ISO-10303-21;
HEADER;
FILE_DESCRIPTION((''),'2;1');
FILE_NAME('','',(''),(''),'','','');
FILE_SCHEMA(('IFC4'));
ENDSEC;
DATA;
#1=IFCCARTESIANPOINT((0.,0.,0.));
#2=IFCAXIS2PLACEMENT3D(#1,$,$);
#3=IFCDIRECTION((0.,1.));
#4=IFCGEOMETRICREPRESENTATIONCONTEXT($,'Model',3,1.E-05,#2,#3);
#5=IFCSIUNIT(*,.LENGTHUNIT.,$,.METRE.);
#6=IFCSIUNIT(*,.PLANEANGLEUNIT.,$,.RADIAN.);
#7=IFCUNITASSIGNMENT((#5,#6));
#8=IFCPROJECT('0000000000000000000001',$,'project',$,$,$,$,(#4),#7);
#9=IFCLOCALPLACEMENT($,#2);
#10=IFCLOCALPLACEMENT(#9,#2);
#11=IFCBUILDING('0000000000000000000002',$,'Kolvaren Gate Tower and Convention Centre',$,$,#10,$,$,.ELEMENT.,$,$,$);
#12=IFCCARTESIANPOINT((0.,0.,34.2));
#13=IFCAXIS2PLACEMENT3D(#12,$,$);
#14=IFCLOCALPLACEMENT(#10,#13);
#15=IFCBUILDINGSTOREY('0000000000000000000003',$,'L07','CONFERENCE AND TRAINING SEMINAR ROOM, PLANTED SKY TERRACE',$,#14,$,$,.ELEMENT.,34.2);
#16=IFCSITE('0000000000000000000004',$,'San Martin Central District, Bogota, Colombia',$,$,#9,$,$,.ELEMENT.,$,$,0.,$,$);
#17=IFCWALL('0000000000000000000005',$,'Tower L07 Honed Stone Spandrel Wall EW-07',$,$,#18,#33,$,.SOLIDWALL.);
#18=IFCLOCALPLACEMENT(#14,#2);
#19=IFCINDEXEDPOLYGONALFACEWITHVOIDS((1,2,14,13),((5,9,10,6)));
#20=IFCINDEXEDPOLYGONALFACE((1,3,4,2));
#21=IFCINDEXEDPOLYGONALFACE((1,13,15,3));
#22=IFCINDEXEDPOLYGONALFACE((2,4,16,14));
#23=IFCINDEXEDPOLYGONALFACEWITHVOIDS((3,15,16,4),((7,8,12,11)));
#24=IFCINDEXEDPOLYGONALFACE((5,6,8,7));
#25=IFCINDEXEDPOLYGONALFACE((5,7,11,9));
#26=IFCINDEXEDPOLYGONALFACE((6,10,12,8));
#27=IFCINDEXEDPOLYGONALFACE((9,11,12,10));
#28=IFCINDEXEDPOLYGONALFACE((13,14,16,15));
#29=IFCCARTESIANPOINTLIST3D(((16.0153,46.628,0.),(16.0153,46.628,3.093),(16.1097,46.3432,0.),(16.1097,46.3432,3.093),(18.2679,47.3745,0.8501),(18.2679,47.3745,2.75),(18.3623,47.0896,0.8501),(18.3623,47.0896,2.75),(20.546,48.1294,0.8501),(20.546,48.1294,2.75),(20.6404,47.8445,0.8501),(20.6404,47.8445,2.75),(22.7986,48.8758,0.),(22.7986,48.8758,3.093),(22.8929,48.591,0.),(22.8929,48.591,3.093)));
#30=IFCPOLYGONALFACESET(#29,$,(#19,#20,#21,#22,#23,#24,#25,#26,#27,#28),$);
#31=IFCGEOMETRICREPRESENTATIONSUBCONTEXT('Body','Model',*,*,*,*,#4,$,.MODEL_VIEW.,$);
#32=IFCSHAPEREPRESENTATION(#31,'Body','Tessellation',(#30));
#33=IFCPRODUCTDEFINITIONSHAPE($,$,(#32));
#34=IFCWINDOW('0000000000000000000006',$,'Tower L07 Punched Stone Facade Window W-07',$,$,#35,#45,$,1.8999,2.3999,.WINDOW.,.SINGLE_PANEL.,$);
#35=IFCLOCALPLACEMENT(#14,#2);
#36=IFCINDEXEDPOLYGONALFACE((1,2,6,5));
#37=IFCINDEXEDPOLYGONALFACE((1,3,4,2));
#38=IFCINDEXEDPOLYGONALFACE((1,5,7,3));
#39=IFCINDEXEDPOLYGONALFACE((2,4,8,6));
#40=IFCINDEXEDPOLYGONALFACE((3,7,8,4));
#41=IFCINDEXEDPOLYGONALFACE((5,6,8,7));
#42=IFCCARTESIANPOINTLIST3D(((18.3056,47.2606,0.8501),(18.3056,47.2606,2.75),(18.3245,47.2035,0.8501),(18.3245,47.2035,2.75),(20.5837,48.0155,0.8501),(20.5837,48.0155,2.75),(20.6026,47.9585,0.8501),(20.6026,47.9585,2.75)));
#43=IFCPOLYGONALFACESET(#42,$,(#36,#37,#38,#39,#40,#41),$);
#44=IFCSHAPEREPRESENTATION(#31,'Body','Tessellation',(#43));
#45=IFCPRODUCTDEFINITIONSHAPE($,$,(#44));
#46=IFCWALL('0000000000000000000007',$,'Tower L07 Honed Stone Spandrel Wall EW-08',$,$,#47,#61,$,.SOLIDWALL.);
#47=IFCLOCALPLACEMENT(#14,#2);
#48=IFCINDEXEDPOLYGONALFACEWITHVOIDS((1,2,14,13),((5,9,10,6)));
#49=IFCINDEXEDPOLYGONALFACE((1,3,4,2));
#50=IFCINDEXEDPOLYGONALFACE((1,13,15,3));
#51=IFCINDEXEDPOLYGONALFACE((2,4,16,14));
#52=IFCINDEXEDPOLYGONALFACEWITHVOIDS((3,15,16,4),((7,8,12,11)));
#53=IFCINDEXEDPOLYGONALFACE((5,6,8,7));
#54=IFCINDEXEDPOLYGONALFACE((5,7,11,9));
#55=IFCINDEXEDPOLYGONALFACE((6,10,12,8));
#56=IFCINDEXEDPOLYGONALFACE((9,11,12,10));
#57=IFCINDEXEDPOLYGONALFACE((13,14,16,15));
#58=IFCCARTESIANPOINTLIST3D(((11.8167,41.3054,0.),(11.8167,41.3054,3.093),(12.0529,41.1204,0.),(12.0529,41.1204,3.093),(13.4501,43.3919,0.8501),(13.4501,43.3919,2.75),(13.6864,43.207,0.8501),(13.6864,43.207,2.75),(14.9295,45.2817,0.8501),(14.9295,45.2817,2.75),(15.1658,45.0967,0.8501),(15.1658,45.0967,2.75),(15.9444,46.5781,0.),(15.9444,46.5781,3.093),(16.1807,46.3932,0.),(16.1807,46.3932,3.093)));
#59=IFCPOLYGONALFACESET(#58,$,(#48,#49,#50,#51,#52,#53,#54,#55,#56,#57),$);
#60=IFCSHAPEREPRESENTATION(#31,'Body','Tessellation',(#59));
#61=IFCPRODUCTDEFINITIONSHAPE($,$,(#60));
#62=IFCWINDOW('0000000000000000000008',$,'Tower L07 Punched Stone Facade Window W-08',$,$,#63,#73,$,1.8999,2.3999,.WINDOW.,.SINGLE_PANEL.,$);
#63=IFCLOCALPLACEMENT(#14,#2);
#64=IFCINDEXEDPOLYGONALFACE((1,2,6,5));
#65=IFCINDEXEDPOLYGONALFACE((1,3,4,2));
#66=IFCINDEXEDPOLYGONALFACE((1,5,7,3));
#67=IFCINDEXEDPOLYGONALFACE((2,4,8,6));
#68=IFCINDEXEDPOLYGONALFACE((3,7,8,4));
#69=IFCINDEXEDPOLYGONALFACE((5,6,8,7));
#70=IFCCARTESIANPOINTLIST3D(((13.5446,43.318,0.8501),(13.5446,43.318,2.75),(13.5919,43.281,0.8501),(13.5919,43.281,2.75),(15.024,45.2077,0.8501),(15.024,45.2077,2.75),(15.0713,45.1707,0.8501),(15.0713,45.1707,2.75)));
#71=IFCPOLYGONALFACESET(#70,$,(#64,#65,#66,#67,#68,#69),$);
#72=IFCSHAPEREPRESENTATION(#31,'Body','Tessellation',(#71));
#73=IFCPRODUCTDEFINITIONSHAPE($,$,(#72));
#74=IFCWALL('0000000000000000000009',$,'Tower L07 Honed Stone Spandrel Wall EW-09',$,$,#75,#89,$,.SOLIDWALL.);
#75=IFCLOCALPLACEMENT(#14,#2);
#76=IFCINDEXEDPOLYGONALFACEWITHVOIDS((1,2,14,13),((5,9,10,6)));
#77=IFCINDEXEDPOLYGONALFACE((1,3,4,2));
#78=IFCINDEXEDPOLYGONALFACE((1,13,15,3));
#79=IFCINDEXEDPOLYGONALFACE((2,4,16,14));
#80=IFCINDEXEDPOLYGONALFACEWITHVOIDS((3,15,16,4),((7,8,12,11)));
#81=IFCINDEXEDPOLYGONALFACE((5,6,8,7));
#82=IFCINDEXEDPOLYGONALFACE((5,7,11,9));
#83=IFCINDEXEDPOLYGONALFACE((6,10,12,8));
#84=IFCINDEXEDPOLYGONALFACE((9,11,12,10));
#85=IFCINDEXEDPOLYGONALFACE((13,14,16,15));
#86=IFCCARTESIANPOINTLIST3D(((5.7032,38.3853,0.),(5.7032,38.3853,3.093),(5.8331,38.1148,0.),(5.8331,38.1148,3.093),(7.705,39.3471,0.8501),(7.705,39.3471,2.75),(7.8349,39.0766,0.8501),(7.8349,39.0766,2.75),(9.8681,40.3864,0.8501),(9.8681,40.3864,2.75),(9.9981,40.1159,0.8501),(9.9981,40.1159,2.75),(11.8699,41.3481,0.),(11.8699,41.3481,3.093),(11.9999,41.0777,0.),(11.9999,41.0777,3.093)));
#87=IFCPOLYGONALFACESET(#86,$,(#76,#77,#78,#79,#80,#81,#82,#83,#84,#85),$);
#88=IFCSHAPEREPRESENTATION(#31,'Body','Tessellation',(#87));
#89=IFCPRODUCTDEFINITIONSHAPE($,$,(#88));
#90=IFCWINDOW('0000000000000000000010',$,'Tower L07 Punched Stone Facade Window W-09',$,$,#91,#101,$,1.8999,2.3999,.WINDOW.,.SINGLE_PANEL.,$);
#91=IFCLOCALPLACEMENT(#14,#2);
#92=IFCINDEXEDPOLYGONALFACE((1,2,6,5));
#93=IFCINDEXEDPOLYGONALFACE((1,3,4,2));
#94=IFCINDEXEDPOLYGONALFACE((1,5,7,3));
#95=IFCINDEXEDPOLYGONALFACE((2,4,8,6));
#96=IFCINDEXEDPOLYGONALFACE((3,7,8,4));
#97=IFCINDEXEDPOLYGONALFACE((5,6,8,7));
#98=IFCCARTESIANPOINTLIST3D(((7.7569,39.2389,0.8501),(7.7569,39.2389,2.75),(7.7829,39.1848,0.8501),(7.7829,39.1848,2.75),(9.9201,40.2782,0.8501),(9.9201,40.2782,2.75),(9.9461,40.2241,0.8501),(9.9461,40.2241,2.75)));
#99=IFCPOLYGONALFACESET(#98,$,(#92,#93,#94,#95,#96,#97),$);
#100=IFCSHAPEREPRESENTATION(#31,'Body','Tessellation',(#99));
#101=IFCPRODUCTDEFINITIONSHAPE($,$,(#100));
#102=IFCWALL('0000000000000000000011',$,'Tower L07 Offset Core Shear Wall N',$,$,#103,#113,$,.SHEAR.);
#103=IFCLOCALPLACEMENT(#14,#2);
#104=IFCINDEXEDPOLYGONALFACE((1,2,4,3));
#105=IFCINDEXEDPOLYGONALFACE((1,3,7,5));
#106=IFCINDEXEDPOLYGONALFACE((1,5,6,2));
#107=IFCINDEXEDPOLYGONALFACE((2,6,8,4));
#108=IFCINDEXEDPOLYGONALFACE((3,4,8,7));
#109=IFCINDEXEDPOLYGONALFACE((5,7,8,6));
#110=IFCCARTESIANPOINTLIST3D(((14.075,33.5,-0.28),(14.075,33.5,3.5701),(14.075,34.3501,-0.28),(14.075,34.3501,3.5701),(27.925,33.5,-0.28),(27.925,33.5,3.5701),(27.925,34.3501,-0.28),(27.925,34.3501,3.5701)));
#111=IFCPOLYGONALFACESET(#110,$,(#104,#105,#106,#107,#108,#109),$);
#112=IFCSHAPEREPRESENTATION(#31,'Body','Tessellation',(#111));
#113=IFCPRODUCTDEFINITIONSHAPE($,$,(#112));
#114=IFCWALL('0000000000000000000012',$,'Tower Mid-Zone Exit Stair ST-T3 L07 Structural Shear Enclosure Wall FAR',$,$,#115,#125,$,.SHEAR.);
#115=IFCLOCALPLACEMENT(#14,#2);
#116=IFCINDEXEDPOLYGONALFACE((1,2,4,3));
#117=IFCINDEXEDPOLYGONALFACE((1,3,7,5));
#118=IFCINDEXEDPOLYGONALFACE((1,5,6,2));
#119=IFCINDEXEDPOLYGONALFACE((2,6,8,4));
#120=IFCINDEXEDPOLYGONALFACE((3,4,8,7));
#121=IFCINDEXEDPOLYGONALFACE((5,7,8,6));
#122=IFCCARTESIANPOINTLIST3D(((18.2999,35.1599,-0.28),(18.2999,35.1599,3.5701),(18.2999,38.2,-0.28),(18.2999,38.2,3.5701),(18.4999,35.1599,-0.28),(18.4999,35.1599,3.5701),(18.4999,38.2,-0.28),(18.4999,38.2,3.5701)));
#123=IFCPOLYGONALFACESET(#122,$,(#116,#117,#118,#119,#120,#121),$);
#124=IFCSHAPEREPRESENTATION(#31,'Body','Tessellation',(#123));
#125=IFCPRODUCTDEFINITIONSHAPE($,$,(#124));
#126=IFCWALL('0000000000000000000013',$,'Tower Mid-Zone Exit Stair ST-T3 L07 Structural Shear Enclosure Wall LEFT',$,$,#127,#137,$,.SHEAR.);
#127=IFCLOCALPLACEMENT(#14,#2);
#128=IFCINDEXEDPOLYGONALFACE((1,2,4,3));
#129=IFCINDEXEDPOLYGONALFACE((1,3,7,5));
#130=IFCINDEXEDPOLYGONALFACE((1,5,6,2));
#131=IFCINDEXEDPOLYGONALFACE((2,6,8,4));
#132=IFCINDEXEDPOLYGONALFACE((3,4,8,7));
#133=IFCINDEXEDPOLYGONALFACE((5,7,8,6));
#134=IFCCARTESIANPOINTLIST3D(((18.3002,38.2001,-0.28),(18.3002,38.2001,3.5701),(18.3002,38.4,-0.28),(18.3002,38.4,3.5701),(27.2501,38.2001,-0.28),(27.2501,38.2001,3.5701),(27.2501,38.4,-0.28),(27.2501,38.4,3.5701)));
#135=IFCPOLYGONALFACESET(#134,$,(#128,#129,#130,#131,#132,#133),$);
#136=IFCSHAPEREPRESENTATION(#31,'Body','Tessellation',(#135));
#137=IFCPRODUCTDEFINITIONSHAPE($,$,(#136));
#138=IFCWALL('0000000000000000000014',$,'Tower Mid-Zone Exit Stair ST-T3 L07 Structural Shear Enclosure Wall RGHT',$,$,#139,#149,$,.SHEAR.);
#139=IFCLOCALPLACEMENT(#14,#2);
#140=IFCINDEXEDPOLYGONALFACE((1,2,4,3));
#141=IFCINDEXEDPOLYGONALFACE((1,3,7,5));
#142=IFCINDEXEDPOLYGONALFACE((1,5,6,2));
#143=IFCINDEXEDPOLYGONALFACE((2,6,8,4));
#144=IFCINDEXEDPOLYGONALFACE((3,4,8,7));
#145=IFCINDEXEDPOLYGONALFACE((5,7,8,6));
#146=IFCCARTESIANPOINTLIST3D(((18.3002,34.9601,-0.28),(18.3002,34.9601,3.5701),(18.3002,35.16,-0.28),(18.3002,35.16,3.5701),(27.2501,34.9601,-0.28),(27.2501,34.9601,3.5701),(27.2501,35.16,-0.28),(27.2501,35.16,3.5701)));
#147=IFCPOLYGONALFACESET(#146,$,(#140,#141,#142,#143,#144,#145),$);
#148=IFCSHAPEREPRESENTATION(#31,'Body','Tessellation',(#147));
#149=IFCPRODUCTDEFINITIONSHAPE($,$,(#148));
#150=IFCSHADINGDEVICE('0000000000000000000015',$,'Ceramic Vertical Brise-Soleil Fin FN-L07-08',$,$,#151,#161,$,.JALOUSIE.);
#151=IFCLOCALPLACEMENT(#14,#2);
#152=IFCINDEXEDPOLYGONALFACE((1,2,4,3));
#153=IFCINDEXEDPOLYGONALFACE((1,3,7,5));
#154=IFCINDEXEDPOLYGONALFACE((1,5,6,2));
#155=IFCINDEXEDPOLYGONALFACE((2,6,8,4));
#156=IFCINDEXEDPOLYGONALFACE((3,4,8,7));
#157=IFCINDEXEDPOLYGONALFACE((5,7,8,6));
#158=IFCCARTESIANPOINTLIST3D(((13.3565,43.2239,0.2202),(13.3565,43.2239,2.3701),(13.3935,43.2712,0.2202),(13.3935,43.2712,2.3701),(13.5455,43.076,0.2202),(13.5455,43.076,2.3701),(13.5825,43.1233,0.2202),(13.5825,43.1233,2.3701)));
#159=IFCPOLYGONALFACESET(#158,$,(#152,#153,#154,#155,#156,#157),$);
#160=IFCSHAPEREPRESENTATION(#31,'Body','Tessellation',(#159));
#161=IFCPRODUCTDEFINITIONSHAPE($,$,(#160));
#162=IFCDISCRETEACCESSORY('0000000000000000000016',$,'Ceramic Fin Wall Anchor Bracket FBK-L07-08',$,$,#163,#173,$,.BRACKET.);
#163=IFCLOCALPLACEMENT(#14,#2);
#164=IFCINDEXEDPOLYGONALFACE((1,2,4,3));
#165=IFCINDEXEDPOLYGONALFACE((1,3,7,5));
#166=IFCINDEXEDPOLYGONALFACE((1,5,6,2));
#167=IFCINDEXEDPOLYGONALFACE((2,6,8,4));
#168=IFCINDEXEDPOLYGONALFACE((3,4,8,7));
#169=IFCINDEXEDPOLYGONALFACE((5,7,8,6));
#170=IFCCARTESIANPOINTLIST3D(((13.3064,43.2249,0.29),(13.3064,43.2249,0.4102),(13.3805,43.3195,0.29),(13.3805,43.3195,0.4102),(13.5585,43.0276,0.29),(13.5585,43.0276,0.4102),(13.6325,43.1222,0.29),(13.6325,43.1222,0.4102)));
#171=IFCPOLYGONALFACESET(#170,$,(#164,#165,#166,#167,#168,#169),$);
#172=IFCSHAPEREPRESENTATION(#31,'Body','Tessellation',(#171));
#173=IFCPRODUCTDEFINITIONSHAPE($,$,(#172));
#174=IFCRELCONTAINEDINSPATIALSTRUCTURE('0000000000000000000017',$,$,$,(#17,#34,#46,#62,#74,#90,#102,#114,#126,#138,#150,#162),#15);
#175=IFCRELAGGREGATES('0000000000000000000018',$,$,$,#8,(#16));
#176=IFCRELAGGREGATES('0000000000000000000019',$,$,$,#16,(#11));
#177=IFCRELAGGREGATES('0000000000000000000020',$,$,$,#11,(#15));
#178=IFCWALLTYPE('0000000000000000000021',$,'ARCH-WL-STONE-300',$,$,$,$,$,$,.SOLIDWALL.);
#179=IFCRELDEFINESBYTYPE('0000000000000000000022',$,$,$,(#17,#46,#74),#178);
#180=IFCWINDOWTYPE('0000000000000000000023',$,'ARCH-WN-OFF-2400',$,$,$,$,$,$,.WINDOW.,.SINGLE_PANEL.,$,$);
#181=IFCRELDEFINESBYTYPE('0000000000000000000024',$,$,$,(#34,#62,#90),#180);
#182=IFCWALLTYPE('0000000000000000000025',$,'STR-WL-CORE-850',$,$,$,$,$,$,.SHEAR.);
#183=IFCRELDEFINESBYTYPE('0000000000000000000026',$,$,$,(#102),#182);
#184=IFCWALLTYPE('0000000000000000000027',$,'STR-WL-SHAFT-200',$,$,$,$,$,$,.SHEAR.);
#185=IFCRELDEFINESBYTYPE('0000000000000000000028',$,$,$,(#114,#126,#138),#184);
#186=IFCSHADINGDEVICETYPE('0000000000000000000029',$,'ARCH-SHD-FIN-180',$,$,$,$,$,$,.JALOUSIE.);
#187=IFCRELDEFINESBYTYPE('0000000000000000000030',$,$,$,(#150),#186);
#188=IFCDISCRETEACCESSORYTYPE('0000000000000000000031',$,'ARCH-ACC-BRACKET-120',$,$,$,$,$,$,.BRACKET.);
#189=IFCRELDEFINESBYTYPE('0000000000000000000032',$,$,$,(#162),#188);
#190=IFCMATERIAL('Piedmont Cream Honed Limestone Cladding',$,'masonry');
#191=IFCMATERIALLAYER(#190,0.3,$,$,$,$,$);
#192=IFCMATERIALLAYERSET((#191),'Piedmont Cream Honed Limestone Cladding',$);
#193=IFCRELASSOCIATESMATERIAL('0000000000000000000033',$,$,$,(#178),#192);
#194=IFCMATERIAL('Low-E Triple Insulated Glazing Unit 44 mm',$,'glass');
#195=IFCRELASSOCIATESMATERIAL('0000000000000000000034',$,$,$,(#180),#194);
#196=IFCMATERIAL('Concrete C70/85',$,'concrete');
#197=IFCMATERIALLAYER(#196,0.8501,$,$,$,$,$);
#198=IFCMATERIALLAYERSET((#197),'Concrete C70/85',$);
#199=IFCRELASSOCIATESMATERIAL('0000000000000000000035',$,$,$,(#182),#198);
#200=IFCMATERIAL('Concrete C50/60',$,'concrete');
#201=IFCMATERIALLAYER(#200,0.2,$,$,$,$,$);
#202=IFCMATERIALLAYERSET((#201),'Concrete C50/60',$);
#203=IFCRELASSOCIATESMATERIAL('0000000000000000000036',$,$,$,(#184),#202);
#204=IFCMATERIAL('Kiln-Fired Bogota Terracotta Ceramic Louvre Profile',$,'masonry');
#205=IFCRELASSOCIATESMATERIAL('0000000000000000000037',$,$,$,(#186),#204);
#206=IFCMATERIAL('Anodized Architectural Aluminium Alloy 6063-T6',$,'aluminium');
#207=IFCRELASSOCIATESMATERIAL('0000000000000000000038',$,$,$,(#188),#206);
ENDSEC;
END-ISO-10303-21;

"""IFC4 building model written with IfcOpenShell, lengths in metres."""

from ifc_helpers import new_model, si_unit, direction, frame, frame_2d, origin, origin_2d, place, context, subcontext, project, spatial, rectangle, extrude, material, layer, layer_set, type_object, element, fill, save


model = new_model("IFC4")

# Units and contexts
model_context = context("Model", 3, precision=1e-05, world=origin(), true_north=direction((0.0, 1.0)))
body_context = subcontext(model_context, "Body", "Model", "MODEL_VIEW")
ifc_project = project(units=[si_unit("LENGTHUNIT", "METRE"), si_unit("PLANEANGLEUNIT", "RADIAN")], contexts=[model_context])

# Site, building, storey
site_placement = place(None, origin())
site = spatial("IfcSite", under=ifc_project, at=site_placement, Name="San Martin Central District, Bogota, Colombia", CompositionType="ELEMENT", RefElevation=0.0)
building_placement = place(site_placement, origin())
building = spatial("IfcBuilding", under=site, at=building_placement, Name="Kolvaren Gate Tower and Convention Centre", CompositionType="ELEMENT")
storey_placement = place(building_placement, frame((0.0, 0.0, 34.2)))
storey = spatial("IfcBuildingStorey", under=building, at=storey_placement, Name="L07", Description="CONFERENCE AND TRAINING SEMINAR ROOM, PLANTED SKY TERRACE", CompositionType="ELEMENT", Elevation=34.2)

# Shared definitions
ifc_material_1 = material(Name="Concrete C70/85", Category="concrete")

# Shared definitions
ifc_material_2 = material(Name="Piedmont Cream Honed Limestone Cladding", Category="masonry")

# Walls, openings, windows
ifc_layer_1 = layer(ifc_material_2, 0.3)
ifc_layer_set_1 = layer_set([ifc_layer_1], Name="Piedmont Cream Honed Limestone Cladding")
wall_type_1 = type_object("IfcWallType", Name="ARCH-WL-STONE-300", PredefinedType="SOLIDWALL", material=ifc_layer_set_1)
wall_1_placement = place(storey_placement, frame((16.0625, 46.4856, 0.0), z_axis=(0.0, 0.0, 1.0), x_axis=(0.949239, 0.314557, 0.0)))
wall_1 = element("IfcWall", 1, at=wall_1_placement, inside=storey, type_object=wall_type_1, Name="Tower L07 Honed Stone Spandrel Wall EW-07", PredefinedType="SOLIDWALL", context=body_context, shape_type="SweptSolid", body=[
    extrude(rectangle(XDim=7.146, YDim=0.3, at=frame_2d((3.573, 0.0))), origin(), (0.0, 0.0, 1.0), 3.093),
])
opening_1_placement = place(wall_1_placement, frame((2.373, 0.0, 0.8501)))
opening_1 = element("IfcOpeningElement", 2, at=opening_1_placement, cuts=wall_1, PredefinedType="OPENING", context=body_context, shape_type="SweptSolid", body=[
    extrude(rectangle(XDim=2.3999, YDim=1.8999, at=frame_2d((1.2, 0.95))), frame((0.0, 0.1599, 0.0), z_axis=(0.0, -1.0, 0.0), x_axis=(1.0, 0.0, 0.0)), (0.0, 0.0, 1.0), 0.3201),
])
ifc_material_3 = material(Name="Low-E Triple Insulated Glazing Unit 44 mm", Category="glass")
window_type = type_object("IfcWindowType", Name="ARCH-WN-OFF-2400", PartitioningType="SINGLE_PANEL", PredefinedType="WINDOW", material=ifc_material_3)
window_1_placement = place(opening_1_placement, origin())
window_1 = element("IfcWindow", 3, at=window_1_placement, inside=storey, type_object=window_type, Name="Tower L07 Punched Stone Facade Window W-07", OverallHeight=1.8999, OverallWidth=2.3999, PartitioningType="SINGLE_PANEL", PredefinedType="WINDOW", context=body_context, shape_type="SweptSolid", body=[
    extrude(rectangle(XDim=2.3999, YDim=1.8999, at=frame_2d((1.2, 0.95))), frame((0.0, 0.03, 0.0), z_axis=(0.0, -1.0, 0.0), x_axis=(1.0, 0.0, 0.0)), (0.0, 0.0, 1.0), 0.0601),
])
fill(opening_1, window_1)
wall_2_placement = place(storey_placement, frame((11.9348, 41.2129, 0.0), z_axis=(0.0, 0.0, 1.0), x_axis=(0.616421, 0.787417, 0.0)))
wall_2 = element("IfcWall", 4, at=wall_2_placement, inside=storey, type_object=wall_type_1, Name="Tower L07 Honed Stone Spandrel Wall EW-08", PredefinedType="SOLIDWALL", context=body_context, shape_type="SweptSolid", body=[
    extrude(rectangle(XDim=6.6963, YDim=0.3, at=frame_2d((3.3481, 0.0))), origin(), (0.0, 0.0, 1.0), 3.093),
])
opening_2_placement = place(wall_2_placement, frame((2.6499, 0.0, 0.8501)))
opening_2 = element("IfcOpeningElement", 5, at=opening_2_placement, cuts=wall_2, PredefinedType="OPENING", context=body_context, shape_type="SweptSolid", body=[
    extrude(rectangle(XDim=2.3999, YDim=1.8999, at=frame_2d((1.2, 0.95))), frame((0.0, 0.1599, 0.0), z_axis=(0.0, -1.0, 0.0), x_axis=(1.0, 0.0, 0.0)), (0.0, 0.0, 1.0), 0.3201),
])
window_2_placement = place(opening_2_placement, origin())
window_2 = element("IfcWindow", 6, at=window_2_placement, inside=storey, type_object=window_type, Name="Tower L07 Punched Stone Facade Window W-08", OverallHeight=1.8999, OverallWidth=2.3999, PartitioningType="SINGLE_PANEL", PredefinedType="WINDOW", context=body_context, shape_type="SweptSolid", body=[
    extrude(rectangle(XDim=2.3999, YDim=1.8999, at=frame_2d((1.2, 0.95))), frame((0.0, 0.03, 0.0), z_axis=(0.0, -1.0, 0.0), x_axis=(1.0, 0.0, 0.0)), (0.0, 0.0, 1.0), 0.0601),
])
fill(opening_2, window_2)
wall_3_placement = place(storey_placement, frame((5.7681, 38.25, 0.0), z_axis=(0.0, 0.0, 1.0), x_axis=(0.90136, 0.43307, 0.0)))
wall_3 = element("IfcWall", 7, at=wall_3_placement, inside=storey, type_object=wall_type_1, Name="Tower L07 Honed Stone Spandrel Wall EW-09", PredefinedType="SOLIDWALL", context=body_context, shape_type="SweptSolid", body=[
    extrude(rectangle(XDim=6.8416, YDim=0.3, at=frame_2d((3.4209, 0.0))), origin(), (0.0, 0.0, 1.0), 3.093),
])
opening_3_placement = place(wall_3_placement, frame((2.2209, 0.0, 0.8501)))
opening_3 = element("IfcOpeningElement", 8, at=opening_3_placement, cuts=wall_3, PredefinedType="OPENING", context=body_context, shape_type="SweptSolid", body=[
    extrude(rectangle(XDim=2.3999, YDim=1.8999, at=frame_2d((1.2, 0.95))), frame((0.0, 0.1599, 0.0), z_axis=(0.0, -1.0, 0.0), x_axis=(1.0, 0.0, 0.0)), (0.0, 0.0, 1.0), 0.3201),
])
window_3_placement = place(opening_3_placement, origin())
window_3 = element("IfcWindow", 9, at=window_3_placement, inside=storey, type_object=window_type, Name="Tower L07 Punched Stone Facade Window W-09", OverallHeight=1.8999, OverallWidth=2.3999, PartitioningType="SINGLE_PANEL", PredefinedType="WINDOW", context=body_context, shape_type="SweptSolid", body=[
    extrude(rectangle(XDim=2.3999, YDim=1.8999, at=frame_2d((1.2, 0.95))), frame((0.0, 0.03, 0.0), z_axis=(0.0, -1.0, 0.0), x_axis=(1.0, 0.0, 0.0)), (0.0, 0.0, 1.0), 0.0601),
])
fill(opening_3, window_3)

# Walls
ifc_layer_2 = layer(ifc_material_1, 0.8501)
ifc_layer_set_2 = layer_set([ifc_layer_2], Name="Concrete C70/85")
wall_type_2 = type_object("IfcWallType", Name="STR-WL-CORE-850", PredefinedType="SHEAR", material=ifc_layer_set_2)
wall_4_placement = place(storey_placement, frame((14.075, 33.925, -0.28), z_axis=(0.0, 0.0, 1.0), x_axis=(1.0, 0.0, 0.0)))
element("IfcWall", 10, at=wall_4_placement, inside=storey, type_object=wall_type_2, Name="Tower L07 Offset Core Shear Wall N", PredefinedType="SHEAR", context=body_context, shape_type="SweptSolid", body=[
    extrude(rectangle(XDim=13.8501, YDim=0.8501, at=frame_2d((6.925, 0.0))), origin(), (0.0, 0.0, 1.0), 3.8501),
])
ifc_material_4 = material(Name="Concrete C50/60", Category="concrete")
ifc_layer_3 = layer(ifc_material_4, 0.2)
ifc_layer_set_3 = layer_set([ifc_layer_3], Name="Concrete C50/60")
wall_type_3 = type_object("IfcWallType", Name="STR-WL-SHAFT-200", PredefinedType="SHEAR", material=ifc_layer_set_3)
wall_5_placement = place(storey_placement, frame((18.3999, 35.1599, -0.28), z_axis=(0.0, 0.0, 1.0), x_axis=(0.0, 1.0, 0.0)))
element("IfcWall", 11, at=wall_5_placement, inside=storey, type_object=wall_type_3, Name="Tower Mid-Zone Exit Stair ST-T3 L07 Structural Shear Enclosure Wall FAR", PredefinedType="SHEAR", context=body_context, shape_type="SweptSolid", body=[
    extrude(rectangle(XDim=3.04, YDim=0.2, at=frame_2d((1.52, 0.0))), origin(), (0.0, 0.0, 1.0), 3.8501),
])
for number, where, z_axis, x_axis, name in (
    (12, (18.3, 38.3, -0.28), (0.0, 0.0, 1.0), (1.0, 0.0, 0.0), "Tower Mid-Zone Exit Stair ST-T3 L07 Structural Shear Enclosure Wall LEFT"),
    (13, (18.3, 35.0601, -0.28), (0.0, 0.0, 1.0), (1.0, 0.0, 0.0), "Tower Mid-Zone Exit Stair ST-T3 L07 Structural Shear Enclosure Wall RGHT"),
):
    element("IfcWall", number, at=place(storey_placement, frame(where, z_axis=z_axis, x_axis=x_axis)), inside=storey, type_object=wall_type_3, Name=name, PredefinedType="SHEAR", context=body_context, shape_type="SweptSolid", body=[
        extrude(rectangle(XDim=8.95, YDim=0.2, at=frame_2d((4.4751, 0.0))), origin(), (0.0, 0.0, 1.0), 3.8501),
    ])

# Shading device
ifc_material_5 = material(Name="Kiln-Fired Bogota Terracotta Ceramic Louvre Profile", Category="masonry")
shading_device_type = type_object("IfcShadingDeviceType", Name="ARCH-SHD-FIN-180", PredefinedType="JALOUSIE", material=ifc_material_5)
shading_device_placement = place(storey_placement, frame((13.4695, 43.1736, 0.2202), z_axis=(0.0, 0.0, 1.0), x_axis=(0.616424, 0.787414, 0.0)))
element("IfcShadingDevice", 14, at=shading_device_placement, inside=storey, type_object=shading_device_type, Name="Ceramic Vertical Brise-Soleil Fin FN-L07-08", PredefinedType="JALOUSIE", context=body_context, shape_type="SweptSolid", body=[
    extrude(rectangle(XDim=0.0601, YDim=0.24, at=origin_2d()), origin(), (0.0, 0.0, 1.0), 2.1499),
])

# Discrete accessory
ifc_material_6 = material(Name="Anodized Architectural Aluminium Alloy 6063-T6", Category="aluminium")
discrete_accessory_type = type_object("IfcDiscreteAccessoryType", Name="ARCH-ACC-BRACKET-120", PredefinedType="BRACKET", material=ifc_material_6)
discrete_accessory_placement = place(storey_placement, frame((13.4695, 43.1736, 0.29), z_axis=(0.0, 0.0, 1.0), x_axis=(0.616424, 0.787414, 0.0)))
element("IfcDiscreteAccessory", 15, at=discrete_accessory_placement, inside=storey, type_object=discrete_accessory_type, Name="Ceramic Fin Wall Anchor Bracket FBK-L07-08", PredefinedType="BRACKET", context=body_context, shape_type="SweptSolid", body=[
    extrude(rectangle(XDim=0.1201, YDim=0.3201, at=origin_2d()), origin(), (0.0, 0.0, 1.0), 0.1201),
])

save(model, "model.ifc")
